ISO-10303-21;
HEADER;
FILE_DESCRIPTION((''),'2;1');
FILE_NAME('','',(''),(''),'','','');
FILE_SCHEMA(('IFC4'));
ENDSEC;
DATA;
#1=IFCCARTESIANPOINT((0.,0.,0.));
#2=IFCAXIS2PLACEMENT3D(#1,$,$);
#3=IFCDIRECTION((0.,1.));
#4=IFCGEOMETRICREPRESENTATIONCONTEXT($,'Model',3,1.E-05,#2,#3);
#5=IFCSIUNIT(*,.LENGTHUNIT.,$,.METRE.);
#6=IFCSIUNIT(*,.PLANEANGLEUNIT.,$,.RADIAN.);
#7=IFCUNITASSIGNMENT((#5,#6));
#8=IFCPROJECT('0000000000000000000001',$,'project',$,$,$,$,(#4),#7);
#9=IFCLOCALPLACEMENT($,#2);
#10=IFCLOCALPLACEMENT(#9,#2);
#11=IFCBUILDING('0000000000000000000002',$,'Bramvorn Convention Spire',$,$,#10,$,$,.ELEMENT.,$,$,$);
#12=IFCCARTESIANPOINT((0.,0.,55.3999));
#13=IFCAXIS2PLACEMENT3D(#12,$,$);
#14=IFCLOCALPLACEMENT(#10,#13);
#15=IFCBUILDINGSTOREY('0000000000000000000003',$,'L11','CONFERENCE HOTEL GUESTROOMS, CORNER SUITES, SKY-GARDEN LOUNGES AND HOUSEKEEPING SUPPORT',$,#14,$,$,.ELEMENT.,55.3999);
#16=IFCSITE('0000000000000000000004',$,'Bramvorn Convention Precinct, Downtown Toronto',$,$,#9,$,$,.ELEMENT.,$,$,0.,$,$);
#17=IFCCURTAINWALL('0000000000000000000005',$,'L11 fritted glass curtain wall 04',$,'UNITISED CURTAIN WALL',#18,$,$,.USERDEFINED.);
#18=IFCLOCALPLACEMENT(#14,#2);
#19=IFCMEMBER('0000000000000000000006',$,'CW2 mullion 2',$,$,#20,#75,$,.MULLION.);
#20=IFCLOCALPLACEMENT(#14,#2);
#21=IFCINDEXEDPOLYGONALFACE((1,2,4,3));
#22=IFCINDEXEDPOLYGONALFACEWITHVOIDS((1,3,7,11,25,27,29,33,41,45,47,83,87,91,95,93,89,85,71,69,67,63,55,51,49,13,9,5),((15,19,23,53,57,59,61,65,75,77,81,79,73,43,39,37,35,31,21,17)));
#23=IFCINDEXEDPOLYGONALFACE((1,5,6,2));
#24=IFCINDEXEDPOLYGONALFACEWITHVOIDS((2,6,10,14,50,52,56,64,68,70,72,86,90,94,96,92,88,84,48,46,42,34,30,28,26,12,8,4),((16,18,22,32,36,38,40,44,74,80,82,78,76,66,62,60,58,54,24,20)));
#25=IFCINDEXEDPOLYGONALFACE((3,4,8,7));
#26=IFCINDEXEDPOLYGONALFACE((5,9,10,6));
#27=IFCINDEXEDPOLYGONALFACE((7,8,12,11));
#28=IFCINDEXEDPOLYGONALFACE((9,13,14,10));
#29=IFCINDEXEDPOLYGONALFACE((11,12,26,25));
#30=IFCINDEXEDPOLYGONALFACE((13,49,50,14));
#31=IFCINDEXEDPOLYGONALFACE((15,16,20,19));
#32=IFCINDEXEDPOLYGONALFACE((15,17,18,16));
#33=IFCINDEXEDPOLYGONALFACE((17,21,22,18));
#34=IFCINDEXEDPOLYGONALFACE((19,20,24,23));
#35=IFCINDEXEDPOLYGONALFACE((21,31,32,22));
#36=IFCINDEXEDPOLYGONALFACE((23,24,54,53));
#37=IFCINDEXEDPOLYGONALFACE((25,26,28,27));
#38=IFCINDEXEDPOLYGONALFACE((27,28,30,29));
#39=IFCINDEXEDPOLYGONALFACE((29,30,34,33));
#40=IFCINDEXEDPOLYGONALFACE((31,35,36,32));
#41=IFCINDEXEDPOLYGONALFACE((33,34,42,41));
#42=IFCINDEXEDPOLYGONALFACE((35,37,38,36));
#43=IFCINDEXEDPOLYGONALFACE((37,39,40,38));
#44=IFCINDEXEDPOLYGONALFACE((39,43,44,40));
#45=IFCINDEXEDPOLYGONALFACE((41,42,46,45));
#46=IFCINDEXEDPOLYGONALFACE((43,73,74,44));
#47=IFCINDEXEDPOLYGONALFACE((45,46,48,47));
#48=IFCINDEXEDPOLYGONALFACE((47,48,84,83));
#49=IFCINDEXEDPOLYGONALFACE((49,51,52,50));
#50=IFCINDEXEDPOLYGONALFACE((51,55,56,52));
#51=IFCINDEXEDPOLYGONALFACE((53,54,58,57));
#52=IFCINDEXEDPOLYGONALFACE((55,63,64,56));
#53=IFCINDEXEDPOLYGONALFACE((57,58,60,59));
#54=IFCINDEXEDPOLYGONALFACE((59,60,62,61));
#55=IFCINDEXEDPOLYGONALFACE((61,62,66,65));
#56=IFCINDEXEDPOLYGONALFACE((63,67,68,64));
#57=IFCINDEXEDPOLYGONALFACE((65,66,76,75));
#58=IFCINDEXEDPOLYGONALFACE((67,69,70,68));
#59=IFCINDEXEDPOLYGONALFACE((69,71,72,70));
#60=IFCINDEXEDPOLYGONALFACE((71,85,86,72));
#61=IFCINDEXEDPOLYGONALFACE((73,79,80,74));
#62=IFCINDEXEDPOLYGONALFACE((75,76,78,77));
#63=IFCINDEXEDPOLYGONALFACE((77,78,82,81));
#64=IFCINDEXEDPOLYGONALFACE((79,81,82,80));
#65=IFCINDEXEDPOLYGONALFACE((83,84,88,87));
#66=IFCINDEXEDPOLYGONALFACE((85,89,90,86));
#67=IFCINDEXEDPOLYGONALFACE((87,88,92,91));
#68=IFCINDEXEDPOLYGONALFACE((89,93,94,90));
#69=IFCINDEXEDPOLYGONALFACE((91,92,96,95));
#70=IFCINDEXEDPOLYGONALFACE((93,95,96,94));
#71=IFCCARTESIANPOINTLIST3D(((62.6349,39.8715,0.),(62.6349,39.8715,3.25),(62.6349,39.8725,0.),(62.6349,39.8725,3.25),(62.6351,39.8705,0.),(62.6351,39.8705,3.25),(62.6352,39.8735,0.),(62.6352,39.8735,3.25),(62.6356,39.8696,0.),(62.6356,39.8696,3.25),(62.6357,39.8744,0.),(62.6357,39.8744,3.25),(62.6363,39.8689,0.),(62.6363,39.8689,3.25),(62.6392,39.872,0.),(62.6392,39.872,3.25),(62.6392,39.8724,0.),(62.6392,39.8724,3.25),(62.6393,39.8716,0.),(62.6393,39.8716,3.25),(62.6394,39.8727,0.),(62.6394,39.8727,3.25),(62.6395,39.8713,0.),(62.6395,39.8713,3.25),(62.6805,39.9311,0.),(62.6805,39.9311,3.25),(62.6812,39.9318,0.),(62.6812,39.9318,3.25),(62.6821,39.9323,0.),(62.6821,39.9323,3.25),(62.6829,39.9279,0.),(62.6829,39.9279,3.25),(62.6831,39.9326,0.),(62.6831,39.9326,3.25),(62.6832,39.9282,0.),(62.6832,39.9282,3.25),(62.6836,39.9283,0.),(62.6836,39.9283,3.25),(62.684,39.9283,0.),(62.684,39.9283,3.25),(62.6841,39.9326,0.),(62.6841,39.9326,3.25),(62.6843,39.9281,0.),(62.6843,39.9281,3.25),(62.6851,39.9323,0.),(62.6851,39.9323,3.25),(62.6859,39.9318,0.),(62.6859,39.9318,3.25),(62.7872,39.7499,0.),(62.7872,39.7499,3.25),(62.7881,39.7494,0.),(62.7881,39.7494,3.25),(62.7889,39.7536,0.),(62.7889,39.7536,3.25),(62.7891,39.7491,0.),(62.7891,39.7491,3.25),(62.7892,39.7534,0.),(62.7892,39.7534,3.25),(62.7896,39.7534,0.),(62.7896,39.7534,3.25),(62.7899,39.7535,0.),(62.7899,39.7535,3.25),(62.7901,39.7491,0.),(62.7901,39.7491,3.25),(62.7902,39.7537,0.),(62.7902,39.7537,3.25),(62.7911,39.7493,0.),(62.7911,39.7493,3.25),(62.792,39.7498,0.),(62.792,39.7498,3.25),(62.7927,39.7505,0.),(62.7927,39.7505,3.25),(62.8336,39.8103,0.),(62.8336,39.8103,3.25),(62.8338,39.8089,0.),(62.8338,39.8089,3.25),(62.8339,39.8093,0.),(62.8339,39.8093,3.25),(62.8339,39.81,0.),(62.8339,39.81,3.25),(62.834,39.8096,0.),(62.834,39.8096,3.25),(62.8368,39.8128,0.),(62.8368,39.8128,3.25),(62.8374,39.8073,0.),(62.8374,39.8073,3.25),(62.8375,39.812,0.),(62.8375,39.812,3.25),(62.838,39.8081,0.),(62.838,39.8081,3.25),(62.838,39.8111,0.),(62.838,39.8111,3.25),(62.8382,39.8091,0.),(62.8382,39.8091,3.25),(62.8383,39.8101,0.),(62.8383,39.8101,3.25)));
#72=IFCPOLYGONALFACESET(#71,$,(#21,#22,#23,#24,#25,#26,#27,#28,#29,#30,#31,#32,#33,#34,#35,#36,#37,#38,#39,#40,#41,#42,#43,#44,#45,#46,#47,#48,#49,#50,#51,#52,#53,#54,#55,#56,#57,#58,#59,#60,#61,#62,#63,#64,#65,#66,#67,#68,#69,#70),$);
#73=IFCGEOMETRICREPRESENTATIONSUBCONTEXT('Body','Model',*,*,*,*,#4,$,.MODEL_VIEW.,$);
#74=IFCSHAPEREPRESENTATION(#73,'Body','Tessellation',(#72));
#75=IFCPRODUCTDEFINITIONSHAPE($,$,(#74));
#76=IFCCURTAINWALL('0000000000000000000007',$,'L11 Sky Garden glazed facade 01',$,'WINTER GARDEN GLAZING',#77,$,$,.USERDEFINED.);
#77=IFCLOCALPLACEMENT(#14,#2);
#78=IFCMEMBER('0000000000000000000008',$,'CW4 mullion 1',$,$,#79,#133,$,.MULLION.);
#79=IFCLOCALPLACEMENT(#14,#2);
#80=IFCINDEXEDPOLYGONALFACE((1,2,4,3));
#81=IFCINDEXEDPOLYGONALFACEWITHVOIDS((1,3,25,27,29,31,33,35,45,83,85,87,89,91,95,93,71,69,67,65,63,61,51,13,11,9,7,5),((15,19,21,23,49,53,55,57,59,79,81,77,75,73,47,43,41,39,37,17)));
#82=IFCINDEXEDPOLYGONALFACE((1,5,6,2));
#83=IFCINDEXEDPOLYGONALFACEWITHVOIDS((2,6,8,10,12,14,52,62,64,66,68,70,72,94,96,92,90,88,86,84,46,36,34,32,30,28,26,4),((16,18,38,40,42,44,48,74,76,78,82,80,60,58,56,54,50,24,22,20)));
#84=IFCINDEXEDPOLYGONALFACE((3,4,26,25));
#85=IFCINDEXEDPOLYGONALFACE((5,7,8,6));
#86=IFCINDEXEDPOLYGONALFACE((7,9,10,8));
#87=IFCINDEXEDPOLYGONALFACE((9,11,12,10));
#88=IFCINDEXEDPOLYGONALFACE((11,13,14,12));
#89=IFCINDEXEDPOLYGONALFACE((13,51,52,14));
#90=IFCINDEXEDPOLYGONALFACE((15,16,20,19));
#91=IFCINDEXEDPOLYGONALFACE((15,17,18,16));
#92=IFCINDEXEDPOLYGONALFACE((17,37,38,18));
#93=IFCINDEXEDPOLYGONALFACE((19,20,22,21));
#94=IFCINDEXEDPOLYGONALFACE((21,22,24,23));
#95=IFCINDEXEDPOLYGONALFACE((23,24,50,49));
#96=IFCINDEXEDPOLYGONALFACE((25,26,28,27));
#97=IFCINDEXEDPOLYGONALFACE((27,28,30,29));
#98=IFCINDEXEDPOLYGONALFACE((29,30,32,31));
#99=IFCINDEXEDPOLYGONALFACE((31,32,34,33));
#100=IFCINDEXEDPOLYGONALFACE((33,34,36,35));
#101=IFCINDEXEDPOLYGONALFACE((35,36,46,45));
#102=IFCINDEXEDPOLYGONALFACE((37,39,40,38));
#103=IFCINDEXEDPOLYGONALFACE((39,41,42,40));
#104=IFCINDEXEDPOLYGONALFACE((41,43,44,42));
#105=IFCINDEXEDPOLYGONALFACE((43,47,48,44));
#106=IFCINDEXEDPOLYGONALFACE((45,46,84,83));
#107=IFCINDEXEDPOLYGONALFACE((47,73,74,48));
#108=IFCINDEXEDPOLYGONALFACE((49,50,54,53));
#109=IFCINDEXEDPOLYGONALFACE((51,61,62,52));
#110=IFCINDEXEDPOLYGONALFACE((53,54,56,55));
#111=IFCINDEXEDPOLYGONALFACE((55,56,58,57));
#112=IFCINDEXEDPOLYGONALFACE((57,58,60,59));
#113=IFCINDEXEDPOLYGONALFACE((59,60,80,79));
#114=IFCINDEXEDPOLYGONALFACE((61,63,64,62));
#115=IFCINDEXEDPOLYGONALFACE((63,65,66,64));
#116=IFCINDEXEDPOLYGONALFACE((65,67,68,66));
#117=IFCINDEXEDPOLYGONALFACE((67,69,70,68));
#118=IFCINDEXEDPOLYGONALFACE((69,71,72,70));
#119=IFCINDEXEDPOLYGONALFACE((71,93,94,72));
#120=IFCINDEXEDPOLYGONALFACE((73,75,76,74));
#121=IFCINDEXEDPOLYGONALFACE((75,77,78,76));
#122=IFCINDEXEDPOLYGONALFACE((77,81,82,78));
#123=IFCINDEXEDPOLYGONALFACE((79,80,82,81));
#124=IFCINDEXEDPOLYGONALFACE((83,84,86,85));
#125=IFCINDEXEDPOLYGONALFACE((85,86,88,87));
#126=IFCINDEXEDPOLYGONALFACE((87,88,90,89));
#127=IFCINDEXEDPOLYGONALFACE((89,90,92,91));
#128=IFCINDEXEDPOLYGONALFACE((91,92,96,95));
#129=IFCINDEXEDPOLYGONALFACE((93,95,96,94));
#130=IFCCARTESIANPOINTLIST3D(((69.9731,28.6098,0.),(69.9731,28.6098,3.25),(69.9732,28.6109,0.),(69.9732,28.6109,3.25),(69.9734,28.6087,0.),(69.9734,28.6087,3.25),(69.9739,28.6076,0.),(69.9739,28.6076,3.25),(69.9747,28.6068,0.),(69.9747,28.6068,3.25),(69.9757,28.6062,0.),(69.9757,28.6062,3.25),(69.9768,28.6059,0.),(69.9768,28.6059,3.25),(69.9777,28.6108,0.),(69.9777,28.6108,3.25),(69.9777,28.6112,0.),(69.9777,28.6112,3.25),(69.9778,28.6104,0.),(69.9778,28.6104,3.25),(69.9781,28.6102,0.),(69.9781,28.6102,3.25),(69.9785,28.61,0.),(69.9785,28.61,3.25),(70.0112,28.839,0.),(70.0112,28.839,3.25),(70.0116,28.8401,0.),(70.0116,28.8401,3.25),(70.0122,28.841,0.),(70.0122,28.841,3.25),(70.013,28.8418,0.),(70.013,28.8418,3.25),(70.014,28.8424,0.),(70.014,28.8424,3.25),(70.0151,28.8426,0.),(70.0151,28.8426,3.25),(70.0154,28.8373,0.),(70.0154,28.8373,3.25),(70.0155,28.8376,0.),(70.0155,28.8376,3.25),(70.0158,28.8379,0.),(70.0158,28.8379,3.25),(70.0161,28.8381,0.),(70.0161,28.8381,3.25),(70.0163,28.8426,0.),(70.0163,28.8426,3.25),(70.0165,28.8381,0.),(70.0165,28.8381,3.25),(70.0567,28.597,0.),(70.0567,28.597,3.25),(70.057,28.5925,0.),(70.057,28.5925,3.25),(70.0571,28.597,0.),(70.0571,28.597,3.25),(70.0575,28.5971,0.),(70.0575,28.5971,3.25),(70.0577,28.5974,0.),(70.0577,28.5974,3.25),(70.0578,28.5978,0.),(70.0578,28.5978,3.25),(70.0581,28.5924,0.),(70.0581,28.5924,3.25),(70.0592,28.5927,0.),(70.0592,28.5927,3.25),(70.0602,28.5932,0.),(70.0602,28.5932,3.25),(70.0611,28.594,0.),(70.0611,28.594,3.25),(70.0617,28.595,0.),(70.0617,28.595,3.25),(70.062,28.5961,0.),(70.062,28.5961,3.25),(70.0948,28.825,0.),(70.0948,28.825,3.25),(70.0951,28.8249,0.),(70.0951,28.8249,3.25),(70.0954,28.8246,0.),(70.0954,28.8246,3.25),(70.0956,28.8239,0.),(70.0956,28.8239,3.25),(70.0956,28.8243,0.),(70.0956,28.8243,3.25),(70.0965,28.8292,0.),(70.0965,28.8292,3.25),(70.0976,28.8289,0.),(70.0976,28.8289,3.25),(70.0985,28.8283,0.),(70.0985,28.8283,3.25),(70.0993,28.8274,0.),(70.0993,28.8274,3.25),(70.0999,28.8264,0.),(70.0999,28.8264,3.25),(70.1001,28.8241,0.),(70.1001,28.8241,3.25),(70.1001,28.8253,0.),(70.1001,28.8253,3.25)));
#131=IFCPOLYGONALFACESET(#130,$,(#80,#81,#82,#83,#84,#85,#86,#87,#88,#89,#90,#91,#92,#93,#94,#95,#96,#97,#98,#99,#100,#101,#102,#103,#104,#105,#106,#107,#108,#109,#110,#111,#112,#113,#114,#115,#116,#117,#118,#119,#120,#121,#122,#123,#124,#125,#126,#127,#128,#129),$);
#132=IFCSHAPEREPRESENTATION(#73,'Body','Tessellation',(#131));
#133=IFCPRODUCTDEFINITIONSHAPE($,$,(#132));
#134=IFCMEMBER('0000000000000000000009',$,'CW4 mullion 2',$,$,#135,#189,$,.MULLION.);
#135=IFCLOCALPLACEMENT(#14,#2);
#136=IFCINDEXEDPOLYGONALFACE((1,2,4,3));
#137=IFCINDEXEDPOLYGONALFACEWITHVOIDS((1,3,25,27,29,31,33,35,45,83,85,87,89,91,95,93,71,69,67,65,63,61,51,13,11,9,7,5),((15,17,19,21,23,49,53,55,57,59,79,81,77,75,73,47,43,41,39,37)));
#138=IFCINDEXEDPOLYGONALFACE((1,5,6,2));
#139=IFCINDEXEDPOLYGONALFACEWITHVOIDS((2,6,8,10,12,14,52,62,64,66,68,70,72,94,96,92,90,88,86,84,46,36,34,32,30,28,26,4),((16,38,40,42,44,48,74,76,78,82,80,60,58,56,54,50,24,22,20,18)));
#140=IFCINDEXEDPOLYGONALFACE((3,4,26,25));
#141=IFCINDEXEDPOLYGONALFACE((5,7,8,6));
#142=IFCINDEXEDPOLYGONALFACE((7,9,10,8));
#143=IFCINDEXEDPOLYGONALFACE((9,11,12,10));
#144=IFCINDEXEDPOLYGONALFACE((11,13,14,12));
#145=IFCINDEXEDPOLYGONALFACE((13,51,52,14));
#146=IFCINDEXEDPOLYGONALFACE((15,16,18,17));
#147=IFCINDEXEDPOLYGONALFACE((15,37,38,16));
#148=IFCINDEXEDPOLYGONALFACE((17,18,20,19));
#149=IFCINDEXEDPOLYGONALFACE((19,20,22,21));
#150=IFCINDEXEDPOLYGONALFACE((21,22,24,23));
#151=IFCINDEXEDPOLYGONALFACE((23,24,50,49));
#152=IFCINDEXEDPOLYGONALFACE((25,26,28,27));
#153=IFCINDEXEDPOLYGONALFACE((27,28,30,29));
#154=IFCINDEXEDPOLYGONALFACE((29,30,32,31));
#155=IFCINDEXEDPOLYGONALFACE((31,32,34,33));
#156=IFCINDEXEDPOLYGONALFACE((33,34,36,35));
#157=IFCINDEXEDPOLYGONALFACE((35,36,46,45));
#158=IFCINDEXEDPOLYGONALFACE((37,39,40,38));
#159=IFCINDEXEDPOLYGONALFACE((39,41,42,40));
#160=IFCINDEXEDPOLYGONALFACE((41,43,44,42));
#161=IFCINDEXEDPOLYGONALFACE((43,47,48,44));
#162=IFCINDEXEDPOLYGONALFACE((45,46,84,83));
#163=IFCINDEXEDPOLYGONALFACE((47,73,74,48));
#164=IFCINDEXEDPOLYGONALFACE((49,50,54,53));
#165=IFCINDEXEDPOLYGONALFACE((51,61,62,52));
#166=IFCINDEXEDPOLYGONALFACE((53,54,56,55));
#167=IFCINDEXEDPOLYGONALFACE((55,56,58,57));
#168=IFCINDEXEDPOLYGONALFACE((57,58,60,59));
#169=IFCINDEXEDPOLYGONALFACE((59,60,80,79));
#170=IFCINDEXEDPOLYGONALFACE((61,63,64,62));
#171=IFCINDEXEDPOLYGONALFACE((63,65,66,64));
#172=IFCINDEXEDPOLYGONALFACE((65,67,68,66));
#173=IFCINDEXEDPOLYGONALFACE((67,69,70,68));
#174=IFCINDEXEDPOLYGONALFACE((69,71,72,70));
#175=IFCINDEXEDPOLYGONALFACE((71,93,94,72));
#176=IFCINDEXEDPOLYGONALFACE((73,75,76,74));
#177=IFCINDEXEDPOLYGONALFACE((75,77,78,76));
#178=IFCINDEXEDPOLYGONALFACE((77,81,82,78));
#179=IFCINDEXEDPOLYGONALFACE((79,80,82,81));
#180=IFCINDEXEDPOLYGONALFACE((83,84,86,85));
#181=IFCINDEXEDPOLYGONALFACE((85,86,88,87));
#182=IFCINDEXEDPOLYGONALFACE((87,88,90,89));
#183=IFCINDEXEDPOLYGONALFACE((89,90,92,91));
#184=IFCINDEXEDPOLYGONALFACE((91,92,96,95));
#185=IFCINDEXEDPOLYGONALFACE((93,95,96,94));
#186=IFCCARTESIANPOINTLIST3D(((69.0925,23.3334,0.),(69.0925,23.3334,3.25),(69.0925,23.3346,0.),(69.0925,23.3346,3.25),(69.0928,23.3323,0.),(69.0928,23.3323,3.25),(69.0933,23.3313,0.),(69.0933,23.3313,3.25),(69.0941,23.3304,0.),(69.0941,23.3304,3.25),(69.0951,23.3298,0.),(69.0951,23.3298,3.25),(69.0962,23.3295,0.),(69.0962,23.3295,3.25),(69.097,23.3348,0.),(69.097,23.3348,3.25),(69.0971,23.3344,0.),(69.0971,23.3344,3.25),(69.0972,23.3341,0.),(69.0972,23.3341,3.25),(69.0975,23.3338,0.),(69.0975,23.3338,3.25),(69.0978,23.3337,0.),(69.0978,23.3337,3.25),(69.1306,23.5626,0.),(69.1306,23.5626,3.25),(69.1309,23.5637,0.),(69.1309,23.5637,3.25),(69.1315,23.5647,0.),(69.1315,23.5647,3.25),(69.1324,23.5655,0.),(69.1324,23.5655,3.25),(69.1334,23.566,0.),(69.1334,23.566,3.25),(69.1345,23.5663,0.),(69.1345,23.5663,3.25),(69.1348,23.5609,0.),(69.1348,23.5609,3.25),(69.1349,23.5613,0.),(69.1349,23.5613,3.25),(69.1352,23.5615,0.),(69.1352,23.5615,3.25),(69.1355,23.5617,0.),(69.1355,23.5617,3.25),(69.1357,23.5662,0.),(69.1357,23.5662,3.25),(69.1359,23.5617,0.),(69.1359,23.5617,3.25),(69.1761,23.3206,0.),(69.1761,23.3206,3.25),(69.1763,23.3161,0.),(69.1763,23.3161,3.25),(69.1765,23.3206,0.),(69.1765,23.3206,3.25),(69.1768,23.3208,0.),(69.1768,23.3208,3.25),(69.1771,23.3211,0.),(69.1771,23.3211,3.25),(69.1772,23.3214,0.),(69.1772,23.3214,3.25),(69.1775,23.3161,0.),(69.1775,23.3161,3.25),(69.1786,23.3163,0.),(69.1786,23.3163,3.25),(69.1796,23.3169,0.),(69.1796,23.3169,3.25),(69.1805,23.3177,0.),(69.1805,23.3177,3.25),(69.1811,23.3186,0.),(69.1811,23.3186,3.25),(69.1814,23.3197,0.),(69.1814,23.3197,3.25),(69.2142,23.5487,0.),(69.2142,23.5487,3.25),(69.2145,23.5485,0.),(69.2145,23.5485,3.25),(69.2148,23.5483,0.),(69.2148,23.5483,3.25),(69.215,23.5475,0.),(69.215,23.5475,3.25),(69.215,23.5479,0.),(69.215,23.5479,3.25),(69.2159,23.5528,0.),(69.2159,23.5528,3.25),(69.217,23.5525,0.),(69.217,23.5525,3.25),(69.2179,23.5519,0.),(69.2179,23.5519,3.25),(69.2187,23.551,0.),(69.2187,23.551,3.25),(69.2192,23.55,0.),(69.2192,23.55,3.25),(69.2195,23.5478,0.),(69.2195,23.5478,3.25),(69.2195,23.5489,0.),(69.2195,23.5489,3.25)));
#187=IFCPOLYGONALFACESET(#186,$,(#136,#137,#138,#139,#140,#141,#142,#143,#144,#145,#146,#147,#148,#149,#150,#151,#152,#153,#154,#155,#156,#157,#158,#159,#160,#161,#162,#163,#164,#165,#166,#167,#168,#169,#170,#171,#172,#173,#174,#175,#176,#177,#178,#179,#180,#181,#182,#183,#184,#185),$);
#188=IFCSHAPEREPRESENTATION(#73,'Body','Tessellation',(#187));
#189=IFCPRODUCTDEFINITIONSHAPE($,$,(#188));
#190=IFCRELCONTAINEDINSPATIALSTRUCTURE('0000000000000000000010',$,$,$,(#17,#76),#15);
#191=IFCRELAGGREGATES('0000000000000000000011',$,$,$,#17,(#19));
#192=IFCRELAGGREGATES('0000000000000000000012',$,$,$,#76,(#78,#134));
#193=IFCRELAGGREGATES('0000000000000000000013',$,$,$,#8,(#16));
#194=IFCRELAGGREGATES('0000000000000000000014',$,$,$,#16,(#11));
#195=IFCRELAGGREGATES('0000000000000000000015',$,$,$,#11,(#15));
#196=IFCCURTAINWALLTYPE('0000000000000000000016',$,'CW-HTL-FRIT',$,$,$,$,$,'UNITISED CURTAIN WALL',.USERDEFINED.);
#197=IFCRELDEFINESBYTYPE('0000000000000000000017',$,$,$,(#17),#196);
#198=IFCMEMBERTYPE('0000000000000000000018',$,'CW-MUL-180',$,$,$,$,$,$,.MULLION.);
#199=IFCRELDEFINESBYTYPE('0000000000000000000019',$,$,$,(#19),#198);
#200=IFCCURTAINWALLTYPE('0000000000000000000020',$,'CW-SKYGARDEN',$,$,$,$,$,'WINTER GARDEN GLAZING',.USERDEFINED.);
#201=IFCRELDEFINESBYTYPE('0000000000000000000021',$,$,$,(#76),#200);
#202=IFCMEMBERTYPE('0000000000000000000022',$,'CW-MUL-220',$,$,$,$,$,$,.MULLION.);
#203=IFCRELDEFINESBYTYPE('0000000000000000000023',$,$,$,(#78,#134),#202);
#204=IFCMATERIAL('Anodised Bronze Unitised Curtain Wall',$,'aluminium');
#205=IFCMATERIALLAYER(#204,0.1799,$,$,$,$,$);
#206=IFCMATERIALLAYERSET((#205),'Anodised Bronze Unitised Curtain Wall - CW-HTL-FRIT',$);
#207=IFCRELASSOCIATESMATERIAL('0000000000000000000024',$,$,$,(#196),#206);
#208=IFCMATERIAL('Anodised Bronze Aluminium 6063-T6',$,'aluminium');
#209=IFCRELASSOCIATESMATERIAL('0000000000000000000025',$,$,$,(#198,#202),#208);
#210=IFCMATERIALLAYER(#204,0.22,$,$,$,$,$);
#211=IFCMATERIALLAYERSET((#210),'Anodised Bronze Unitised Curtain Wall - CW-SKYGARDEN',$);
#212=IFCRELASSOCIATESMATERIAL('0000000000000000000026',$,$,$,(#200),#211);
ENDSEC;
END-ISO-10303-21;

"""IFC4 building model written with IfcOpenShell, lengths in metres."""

from ifc_helpers import new_model, si_unit, direction, frame, origin, origin_2d, place, context, subcontext, project, spatial, hollow_rectangle, extrude, material, layer, layer_set, material_profile, profile_set, type_object, element, aggregate, save


model = new_model("IFC4")

# Units and contexts
model_context = context("Model", 3, precision=1e-05, world=origin(), true_north=direction((0.0, 1.0)))
body_context = subcontext(model_context, "Body", "Model", "MODEL_VIEW")
ifc_project = project(units=[si_unit("LENGTHUNIT", "METRE"), si_unit("PLANEANGLEUNIT", "RADIAN")], contexts=[model_context])

# Site, building, storey
site_placement = place(None, origin())
site = spatial("IfcSite", under=ifc_project, at=site_placement, Name="Bramvorn Convention Precinct, Downtown Toronto", CompositionType="ELEMENT", RefElevation=0.0)
building_placement = place(site_placement, origin())
building = spatial("IfcBuilding", under=site, at=building_placement, Name="Bramvorn Convention Spire", CompositionType="ELEMENT")
storey_placement = place(building_placement, frame((0.0, 0.0, 55.3999)))
storey = spatial("IfcBuildingStorey", under=building, at=storey_placement, Name="L11", Description="CONFERENCE HOTEL GUESTROOMS, CORNER SUITES, SKY-GARDEN LOUNGES AND HOUSEKEEPING SUPPORT", CompositionType="ELEMENT", Elevation=55.3999)

# Curtain walls, members
ifc_material_1 = material(Name="Anodised Bronze Unitised Curtain Wall", Category="aluminium")
ifc_layer_1 = layer(ifc_material_1, 0.1799)
ifc_layer_set_1 = layer_set([ifc_layer_1], Name="Anodised Bronze Unitised Curtain Wall - CW-HTL-FRIT")
curtain_wall_type_1 = type_object("IfcCurtainWallType", Name="CW-HTL-FRIT", ElementType="UNITISED CURTAIN WALL", PredefinedType="USERDEFINED", material=ifc_layer_set_1)
ifc_material_2 = material(Name="Anodised Bronze Aluminium 6063-T6", Category="aluminium")
ifc_material_profile_1 = material_profile(ifc_material_2, hollow_rectangle(XDim=0.0801, YDim=0.2, WallThickness=0.0039, InnerFilletRadius=0.001, OuterFilletRadius=0.0039, at=origin_2d()))
ifc_profile_set_1 = profile_set([ifc_material_profile_1], Name="Anodised Bronze Aluminium 6063-T6 - CWM80X200")
member_type_1 = type_object("IfcMemberType", Name="CW-MUL-180", PredefinedType="MULLION", material=ifc_profile_set_1)
curtain_wall_1_placement = place(storey_placement, origin())
curtain_wall_1 = element("IfcCurtainWall", 1, at=curtain_wall_1_placement, inside=storey, type_object=curtain_wall_type_1, Name="L11 fritted glass curtain wall 04", ObjectType="UNITISED CURTAIN WALL", PredefinedType="USERDEFINED")
member_1_placement = place(storey_placement, frame((62.7366, 39.8408, 0.0), z_axis=(0.0, 0.0, 1.0), x_axis=(0.61933, 0.785131, 0.0)))
member_1 = element("IfcMember", 2, at=member_1_placement, type_object=member_type_1, Name="CW2 mullion 2", PredefinedType="MULLION", context=body_context, shape_type="SweptSolid", body=[
    extrude(hollow_rectangle(XDim=0.0801, YDim=0.2, WallThickness=0.0039, InnerFilletRadius=0.001, OuterFilletRadius=0.0039, at=origin_2d()), origin(), (0.0, 0.0, 1.0), 3.25),
])
ifc_layer_2 = layer(ifc_material_1, 0.22)
ifc_layer_set_2 = layer_set([ifc_layer_2], Name="Anodised Bronze Unitised Curtain Wall - CW-SKYGARDEN")
curtain_wall_type_2 = type_object("IfcCurtainWallType", Name="CW-SKYGARDEN", ElementType="WINTER GARDEN GLAZING", PredefinedType="USERDEFINED", material=ifc_layer_set_2)
curtain_wall_2_placement = place(storey_placement, origin())
curtain_wall_2 = element("IfcCurtainWall", 3, at=curtain_wall_2_placement, inside=storey, type_object=curtain_wall_type_2, Name="L11 Sky Garden glazed facade 01", ObjectType="WINTER GARDEN GLAZING", PredefinedType="USERDEFINED")
ifc_material_profile_2 = material_profile(ifc_material_2, hollow_rectangle(XDim=0.0901, YDim=0.24, WallThickness=0.0044, InnerFilletRadius=0.001, OuterFilletRadius=0.0044, at=origin_2d()))
ifc_profile_set_2 = profile_set([ifc_material_profile_2], Name="Anodised Bronze Aluminium 6063-T6 - CWM90X240")
member_type_2 = type_object("IfcMemberType", Name="CW-MUL-220", PredefinedType="MULLION", material=ifc_profile_set_2)
member_2_placement = place(storey_placement, frame((70.0366, 28.7175, 0.0), z_axis=(0.0, 0.0, 1.0), x_axis=(0.986357, -0.164621, 0.0)))
member_2 = element("IfcMember", 4, at=member_2_placement, type_object=member_type_2, Name="CW4 mullion 1", PredefinedType="MULLION", context=body_context, shape_type="SweptSolid", body=[
    extrude(hollow_rectangle(XDim=0.0901, YDim=0.24, WallThickness=0.0044, InnerFilletRadius=0.001, OuterFilletRadius=0.0044, at=origin_2d()), origin(), (0.0, 0.0, 1.0), 3.25),
])
member_3_placement = place(storey_placement, frame((69.156, 23.4412, 0.0), z_axis=(0.0, 0.0, 1.0), x_axis=(0.986357, -0.164621, 0.0)))
member_3 = element("IfcMember", 5, at=member_3_placement, type_object=member_type_2, Name="CW4 mullion 2", PredefinedType="MULLION", context=body_context, shape_type="SweptSolid", body=[
    extrude(hollow_rectangle(XDim=0.0901, YDim=0.24, WallThickness=0.0044, InnerFilletRadius=0.001, OuterFilletRadius=0.0044, at=origin_2d()), origin(), (0.0, 0.0, 1.0), 3.25),
])

aggregate(curtain_wall_1, [member_1])
aggregate(curtain_wall_2, [member_2, member_3])

save(model, "model.ifc")
